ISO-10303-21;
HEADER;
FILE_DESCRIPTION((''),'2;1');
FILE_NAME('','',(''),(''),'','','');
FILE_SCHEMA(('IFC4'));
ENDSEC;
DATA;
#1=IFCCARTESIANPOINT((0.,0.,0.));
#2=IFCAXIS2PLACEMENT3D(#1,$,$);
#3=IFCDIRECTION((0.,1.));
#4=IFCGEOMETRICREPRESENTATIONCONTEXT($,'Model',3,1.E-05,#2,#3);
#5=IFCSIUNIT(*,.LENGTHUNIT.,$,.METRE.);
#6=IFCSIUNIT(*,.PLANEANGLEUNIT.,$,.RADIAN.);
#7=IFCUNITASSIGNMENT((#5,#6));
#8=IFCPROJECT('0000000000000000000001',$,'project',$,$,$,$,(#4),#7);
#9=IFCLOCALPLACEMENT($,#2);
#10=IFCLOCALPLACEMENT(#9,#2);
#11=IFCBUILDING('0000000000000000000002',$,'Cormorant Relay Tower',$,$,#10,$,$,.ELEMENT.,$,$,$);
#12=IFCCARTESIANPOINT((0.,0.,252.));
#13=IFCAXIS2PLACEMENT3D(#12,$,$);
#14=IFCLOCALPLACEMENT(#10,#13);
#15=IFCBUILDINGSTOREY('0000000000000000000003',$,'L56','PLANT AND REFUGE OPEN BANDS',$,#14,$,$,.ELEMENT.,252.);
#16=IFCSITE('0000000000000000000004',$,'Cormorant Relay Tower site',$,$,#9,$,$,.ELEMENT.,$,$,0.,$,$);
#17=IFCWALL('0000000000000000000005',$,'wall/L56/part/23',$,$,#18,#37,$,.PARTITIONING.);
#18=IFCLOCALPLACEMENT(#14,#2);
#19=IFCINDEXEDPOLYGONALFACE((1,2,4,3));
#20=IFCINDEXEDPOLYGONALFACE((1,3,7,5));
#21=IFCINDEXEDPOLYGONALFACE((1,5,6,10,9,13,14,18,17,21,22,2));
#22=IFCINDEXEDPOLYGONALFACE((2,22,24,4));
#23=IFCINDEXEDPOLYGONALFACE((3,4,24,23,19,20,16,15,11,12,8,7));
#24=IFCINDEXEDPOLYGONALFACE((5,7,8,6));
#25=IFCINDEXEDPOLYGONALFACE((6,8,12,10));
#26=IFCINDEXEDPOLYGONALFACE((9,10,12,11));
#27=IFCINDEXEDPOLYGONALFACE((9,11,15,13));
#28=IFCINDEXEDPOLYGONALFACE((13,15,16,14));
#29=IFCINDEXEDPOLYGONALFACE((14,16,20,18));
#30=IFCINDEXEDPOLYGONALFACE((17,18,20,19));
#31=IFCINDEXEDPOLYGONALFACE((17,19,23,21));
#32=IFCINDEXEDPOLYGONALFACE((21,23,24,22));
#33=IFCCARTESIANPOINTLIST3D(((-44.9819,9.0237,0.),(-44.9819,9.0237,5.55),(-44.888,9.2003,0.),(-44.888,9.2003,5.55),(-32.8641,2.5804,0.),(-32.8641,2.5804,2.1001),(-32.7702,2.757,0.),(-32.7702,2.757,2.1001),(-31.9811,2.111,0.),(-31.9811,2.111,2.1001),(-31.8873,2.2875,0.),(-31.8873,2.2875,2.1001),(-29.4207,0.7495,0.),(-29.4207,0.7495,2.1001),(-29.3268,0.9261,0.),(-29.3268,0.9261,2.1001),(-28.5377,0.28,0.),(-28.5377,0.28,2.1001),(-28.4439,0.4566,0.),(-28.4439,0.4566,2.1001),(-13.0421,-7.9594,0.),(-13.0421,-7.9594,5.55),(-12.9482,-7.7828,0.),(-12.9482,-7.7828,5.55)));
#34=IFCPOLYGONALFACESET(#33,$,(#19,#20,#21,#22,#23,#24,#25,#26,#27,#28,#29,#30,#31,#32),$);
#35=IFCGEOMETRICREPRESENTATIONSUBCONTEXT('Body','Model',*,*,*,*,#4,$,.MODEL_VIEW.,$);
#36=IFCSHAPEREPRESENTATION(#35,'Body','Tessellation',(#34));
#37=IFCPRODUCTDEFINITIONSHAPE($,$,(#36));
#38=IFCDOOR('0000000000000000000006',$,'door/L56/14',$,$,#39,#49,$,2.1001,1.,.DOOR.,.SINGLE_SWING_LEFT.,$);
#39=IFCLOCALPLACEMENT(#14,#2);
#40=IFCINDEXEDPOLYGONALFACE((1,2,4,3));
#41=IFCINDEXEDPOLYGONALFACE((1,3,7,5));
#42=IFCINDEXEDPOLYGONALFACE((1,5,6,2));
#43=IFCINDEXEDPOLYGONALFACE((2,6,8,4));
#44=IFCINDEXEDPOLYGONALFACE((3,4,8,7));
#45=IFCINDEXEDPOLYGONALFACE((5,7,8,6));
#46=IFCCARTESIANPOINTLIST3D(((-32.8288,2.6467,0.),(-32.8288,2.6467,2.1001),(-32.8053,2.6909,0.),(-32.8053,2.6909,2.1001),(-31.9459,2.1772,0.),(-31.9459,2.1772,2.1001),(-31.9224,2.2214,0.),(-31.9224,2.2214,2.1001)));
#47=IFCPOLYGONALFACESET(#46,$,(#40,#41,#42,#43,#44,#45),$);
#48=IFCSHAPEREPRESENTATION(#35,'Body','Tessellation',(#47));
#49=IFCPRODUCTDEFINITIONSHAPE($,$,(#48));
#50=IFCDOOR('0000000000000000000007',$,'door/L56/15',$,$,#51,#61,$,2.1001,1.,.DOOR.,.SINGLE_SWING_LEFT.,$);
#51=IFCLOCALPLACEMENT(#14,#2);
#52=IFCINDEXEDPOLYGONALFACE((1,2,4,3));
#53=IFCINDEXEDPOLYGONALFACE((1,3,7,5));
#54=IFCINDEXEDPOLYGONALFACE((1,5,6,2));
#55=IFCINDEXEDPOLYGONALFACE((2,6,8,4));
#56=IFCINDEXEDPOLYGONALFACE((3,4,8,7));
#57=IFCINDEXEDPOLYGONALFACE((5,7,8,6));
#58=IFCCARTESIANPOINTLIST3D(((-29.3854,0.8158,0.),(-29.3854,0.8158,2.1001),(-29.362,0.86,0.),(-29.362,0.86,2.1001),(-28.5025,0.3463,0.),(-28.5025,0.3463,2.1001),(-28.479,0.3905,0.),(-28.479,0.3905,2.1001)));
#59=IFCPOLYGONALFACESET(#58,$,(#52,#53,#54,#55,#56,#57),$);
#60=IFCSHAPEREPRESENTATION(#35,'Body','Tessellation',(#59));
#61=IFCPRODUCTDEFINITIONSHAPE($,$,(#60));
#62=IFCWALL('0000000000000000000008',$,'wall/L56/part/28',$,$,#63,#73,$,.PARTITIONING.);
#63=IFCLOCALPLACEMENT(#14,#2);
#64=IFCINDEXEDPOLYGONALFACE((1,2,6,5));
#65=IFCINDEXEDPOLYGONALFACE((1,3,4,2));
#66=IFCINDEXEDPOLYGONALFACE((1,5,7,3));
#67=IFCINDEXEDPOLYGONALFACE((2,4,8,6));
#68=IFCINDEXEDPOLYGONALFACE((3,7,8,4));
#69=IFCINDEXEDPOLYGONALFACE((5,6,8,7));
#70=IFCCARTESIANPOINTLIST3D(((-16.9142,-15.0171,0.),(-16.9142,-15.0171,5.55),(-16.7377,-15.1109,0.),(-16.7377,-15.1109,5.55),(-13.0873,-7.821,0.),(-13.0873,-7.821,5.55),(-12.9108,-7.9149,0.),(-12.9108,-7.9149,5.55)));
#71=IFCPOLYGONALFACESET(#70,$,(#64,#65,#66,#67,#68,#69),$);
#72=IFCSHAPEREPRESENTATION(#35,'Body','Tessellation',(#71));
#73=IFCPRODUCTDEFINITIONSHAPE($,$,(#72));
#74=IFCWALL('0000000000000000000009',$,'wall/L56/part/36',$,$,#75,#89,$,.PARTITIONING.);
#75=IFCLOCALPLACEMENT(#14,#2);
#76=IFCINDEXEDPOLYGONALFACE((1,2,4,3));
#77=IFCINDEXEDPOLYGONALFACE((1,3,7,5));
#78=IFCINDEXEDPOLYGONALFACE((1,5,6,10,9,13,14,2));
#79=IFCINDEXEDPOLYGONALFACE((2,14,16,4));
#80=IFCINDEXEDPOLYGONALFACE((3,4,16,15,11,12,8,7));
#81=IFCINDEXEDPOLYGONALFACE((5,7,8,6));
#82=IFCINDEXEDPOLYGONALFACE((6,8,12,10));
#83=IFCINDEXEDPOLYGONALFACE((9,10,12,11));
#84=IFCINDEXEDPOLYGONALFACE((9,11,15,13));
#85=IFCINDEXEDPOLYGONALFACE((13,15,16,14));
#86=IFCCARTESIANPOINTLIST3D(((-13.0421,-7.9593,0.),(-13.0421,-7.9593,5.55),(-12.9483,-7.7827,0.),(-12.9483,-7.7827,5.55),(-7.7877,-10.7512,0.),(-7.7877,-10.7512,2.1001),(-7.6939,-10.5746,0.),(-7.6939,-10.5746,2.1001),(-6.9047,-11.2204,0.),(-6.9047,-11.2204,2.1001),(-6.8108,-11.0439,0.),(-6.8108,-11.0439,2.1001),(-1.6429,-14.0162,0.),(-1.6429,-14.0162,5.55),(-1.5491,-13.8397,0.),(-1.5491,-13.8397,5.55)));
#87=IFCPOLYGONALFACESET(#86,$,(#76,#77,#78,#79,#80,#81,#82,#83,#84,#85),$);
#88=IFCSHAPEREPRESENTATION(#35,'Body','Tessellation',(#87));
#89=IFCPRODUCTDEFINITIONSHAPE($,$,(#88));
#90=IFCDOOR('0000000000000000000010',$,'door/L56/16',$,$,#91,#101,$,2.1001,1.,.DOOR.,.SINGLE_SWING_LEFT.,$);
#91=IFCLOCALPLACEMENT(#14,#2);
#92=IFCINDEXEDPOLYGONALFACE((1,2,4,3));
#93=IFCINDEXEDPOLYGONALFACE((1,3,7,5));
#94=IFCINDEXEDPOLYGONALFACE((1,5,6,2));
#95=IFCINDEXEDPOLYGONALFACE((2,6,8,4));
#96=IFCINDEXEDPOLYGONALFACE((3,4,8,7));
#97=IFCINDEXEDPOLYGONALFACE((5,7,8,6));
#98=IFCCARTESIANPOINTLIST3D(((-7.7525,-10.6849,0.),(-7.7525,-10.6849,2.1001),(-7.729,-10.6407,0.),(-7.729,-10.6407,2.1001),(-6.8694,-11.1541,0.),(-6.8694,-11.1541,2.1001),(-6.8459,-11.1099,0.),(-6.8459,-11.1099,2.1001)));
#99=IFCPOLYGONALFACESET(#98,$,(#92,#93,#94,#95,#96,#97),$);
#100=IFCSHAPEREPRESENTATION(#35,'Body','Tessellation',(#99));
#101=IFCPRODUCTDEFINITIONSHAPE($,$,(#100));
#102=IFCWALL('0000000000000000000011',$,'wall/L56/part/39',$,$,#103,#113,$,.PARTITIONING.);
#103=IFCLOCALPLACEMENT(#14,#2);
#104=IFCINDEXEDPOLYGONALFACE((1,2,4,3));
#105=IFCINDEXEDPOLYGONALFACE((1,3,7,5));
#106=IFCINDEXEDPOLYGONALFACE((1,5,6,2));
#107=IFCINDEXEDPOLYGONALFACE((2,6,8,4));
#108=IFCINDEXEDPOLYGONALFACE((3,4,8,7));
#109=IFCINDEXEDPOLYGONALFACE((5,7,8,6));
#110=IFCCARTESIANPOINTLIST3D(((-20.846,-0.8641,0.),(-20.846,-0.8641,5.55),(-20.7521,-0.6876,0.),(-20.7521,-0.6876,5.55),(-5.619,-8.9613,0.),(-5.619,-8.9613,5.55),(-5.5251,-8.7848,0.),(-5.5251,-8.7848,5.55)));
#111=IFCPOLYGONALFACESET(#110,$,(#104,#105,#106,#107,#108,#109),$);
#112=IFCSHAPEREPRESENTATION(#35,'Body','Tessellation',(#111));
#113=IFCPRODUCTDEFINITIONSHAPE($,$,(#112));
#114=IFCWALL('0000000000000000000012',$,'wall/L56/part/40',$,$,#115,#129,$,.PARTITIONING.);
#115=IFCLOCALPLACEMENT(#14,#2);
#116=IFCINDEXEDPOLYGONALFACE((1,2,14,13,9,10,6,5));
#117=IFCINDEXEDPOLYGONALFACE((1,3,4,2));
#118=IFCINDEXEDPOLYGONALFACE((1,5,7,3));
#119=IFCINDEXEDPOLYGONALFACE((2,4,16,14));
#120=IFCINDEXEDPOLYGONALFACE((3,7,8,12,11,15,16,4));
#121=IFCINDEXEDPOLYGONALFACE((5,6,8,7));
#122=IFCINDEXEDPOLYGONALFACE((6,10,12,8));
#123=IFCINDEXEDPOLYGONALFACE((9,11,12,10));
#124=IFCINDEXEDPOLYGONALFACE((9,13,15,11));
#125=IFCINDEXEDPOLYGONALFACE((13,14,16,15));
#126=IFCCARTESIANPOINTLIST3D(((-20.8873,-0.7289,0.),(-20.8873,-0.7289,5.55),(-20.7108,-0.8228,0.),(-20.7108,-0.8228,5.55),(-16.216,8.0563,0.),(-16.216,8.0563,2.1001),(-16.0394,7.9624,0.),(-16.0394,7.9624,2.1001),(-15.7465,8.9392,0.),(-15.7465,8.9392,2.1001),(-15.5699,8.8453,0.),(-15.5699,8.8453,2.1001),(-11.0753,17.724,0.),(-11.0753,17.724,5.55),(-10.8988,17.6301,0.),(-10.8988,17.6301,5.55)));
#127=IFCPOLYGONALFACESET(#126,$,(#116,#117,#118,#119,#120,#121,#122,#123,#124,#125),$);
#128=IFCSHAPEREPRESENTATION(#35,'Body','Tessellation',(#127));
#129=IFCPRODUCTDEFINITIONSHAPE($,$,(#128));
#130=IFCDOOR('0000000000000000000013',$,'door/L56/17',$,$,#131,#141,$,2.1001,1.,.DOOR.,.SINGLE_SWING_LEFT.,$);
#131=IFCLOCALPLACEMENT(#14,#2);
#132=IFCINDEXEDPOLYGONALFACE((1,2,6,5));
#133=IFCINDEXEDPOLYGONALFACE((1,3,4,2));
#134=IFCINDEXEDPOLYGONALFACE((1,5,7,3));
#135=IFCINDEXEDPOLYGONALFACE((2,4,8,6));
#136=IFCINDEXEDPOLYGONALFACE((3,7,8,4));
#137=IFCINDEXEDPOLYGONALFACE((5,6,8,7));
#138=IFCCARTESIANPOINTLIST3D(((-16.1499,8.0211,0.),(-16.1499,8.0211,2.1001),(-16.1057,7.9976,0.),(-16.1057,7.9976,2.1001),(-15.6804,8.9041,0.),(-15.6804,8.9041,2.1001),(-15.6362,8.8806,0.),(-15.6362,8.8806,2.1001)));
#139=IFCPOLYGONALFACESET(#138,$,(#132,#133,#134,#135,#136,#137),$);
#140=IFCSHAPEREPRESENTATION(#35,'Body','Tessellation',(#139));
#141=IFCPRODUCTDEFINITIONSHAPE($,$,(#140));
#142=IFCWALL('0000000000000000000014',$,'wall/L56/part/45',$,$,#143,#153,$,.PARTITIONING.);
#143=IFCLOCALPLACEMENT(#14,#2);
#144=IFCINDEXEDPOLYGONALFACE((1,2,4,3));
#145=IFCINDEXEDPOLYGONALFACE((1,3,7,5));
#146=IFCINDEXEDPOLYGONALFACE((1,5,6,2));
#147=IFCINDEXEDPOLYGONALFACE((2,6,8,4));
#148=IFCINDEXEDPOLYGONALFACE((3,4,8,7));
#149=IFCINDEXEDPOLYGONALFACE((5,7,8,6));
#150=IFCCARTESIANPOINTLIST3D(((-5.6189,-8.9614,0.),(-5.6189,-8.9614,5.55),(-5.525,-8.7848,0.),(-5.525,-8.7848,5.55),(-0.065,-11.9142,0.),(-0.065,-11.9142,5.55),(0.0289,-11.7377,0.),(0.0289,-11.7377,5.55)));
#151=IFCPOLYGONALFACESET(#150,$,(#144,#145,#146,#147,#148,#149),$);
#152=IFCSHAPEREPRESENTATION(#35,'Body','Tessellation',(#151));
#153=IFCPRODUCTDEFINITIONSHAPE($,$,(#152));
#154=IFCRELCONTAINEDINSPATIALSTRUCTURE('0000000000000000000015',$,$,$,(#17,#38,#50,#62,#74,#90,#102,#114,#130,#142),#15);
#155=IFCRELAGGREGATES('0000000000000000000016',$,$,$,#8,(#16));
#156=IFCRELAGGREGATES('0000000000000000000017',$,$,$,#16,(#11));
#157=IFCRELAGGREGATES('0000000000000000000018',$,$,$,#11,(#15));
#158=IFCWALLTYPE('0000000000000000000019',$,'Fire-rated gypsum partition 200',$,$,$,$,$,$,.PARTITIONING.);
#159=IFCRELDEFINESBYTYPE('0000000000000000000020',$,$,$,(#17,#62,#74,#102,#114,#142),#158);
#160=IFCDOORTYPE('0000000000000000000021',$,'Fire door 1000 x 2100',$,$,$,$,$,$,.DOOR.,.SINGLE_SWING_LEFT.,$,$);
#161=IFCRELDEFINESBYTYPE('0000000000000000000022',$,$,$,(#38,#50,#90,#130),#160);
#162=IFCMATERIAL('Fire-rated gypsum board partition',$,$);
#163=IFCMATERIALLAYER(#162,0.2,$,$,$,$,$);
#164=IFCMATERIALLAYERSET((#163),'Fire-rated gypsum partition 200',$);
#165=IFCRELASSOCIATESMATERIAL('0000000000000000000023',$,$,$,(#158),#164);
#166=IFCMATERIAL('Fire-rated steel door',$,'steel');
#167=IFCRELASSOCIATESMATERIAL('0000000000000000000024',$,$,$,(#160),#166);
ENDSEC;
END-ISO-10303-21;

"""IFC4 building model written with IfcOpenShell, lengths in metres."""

from ifc_helpers import new_model, si_unit, direction, frame, frame_2d, origin, place, context, subcontext, project, spatial, rectangle, extrude, material, layer, layer_set, type_object, element, fill, save


model = new_model("IFC4")

# Units and contexts
model_context = context("Model", 3, precision=1e-05, world=origin(), true_north=direction((0.0, 1.0)))
body_context = subcontext(model_context, "Body", "Model", "MODEL_VIEW")
ifc_project = project(units=[si_unit("LENGTHUNIT", "METRE"), si_unit("PLANEANGLEUNIT", "RADIAN")], contexts=[model_context])

# Site, building, storey
site_placement = place(None, origin())
site = spatial("IfcSite", under=ifc_project, at=site_placement, Name="Cormorant Relay Tower site", CompositionType="ELEMENT", RefElevation=0.0)
building_placement = place(site_placement, origin())
building = spatial("IfcBuilding", under=site, at=building_placement, Name="Cormorant Relay Tower", CompositionType="ELEMENT")
storey_placement = place(building_placement, frame((0.0, 0.0, 252.0)))
storey = spatial("IfcBuildingStorey", under=building, at=storey_placement, Name="L56", Description="PLANT AND REFUGE OPEN BANDS", CompositionType="ELEMENT", Elevation=252.0)

# Wall, openings, doors
ifc_material_1 = material(Name="Fire-rated gypsum board partition")
ifc_layer_1 = layer(ifc_material_1, 0.2)
ifc_layer_set_1 = layer_set([ifc_layer_1], Name="Fire-rated gypsum partition 200")
wall_type_1 = type_object("IfcWallType", Name="Fire-rated gypsum partition 200", PredefinedType="PARTITIONING", material=ifc_layer_set_1)
wall_1_placement = place(storey_placement, frame((-12.9951, -7.8711, 0.0), z_axis=(0.0, 0.0, 1.0), x_axis=(-0.882943, 0.46948, 0.0)))
wall_1 = element("IfcWall", 1, at=wall_1_placement, inside=storey, type_object=wall_type_1, Name="wall/L56/part/23", PredefinedType="PARTITIONING", context=body_context, shape_type="SweptSolid", body=[
    extrude(rectangle(XDim=36.1743, YDim=0.2, at=frame_2d((18.0872, 0.0))), origin(), (0.0, 0.0, 1.0), 5.55),
])
opening_1_placement = place(wall_1_placement, frame((21.45, 0.0, 0.0)))
opening_1 = element("IfcOpeningElement", 2, at=opening_1_placement, cuts=wall_1, PredefinedType="OPENING", context=body_context, shape_type="SweptSolid", body=[
    extrude(rectangle(XDim=1.0, YDim=2.1001, at=frame_2d((0.5, 1.05))), frame((0.0, 0.1099, 0.0), z_axis=(0.0, -1.0, 0.0), x_axis=(1.0, 0.0, 0.0)), (0.0, 0.0, 1.0), 0.22),
])
opening_2_placement = place(wall_1_placement, frame((17.55, 0.0, 0.0)))
opening_2 = element("IfcOpeningElement", 3, at=opening_2_placement, cuts=wall_1, PredefinedType="OPENING", context=body_context, shape_type="SweptSolid", body=[
    extrude(rectangle(XDim=1.0, YDim=2.1001, at=frame_2d((0.5, 1.05))), frame((0.0, 0.1099, 0.0), z_axis=(0.0, -1.0, 0.0), x_axis=(1.0, 0.0, 0.0)), (0.0, 0.0, 1.0), 0.22),
])
ifc_material_2 = material(Name="Fire-rated steel door", Category="steel")
door_type_1 = type_object("IfcDoorType", Name="Fire door 1000 x 2100", OperationType="SINGLE_SWING_LEFT", PredefinedType="DOOR", material=ifc_material_2)
door_1_placement = place(opening_1_placement, origin())
door_1 = element("IfcDoor", 4, at=door_1_placement, inside=storey, type_object=door_type_1, Name="door/L56/14", OperationType="SINGLE_SWING_LEFT", OverallHeight=2.1001, OverallWidth=1.0, PredefinedType="DOOR", context=body_context, shape_type="SweptSolid", body=[
    extrude(rectangle(XDim=1.0, YDim=2.1001, at=frame_2d((0.5, 1.05))), frame((0.0, 0.0249, 0.0), z_axis=(0.0, -1.0, 0.0), x_axis=(1.0, 0.0, 0.0)), (0.0, 0.0, 1.0), 0.05),
])
fill(opening_1, door_1)
door_2_placement = place(opening_2_placement, origin())
door_2 = element("IfcDoor", 5, at=door_2_placement, inside=storey, type_object=door_type_1, Name="door/L56/15", OperationType="SINGLE_SWING_LEFT", OverallHeight=2.1001, OverallWidth=1.0, PredefinedType="DOOR", context=body_context, shape_type="SweptSolid", body=[
    extrude(rectangle(XDim=1.0, YDim=2.1001, at=frame_2d((0.5, 1.05))), frame((0.0, 0.0249, 0.0), z_axis=(0.0, -1.0, 0.0), x_axis=(1.0, 0.0, 0.0)), (0.0, 0.0, 1.0), 0.05),
])
fill(opening_2, door_2)

# Wall
wall_2_placement = place(storey_placement, frame((-12.999, -7.8679, 0.0), z_axis=(0.0, 0.0, 1.0), x_axis=(-0.469538, -0.882912, 0.0)))
element("IfcWall", 6, at=wall_2_placement, inside=storey, type_object=wall_type_1, Name="wall/L56/part/28", PredefinedType="PARTITIONING", context=body_context, shape_type="SweptSolid", body=[
    extrude(rectangle(XDim=8.1504, YDim=0.2, at=frame_2d((4.0752, 0.0))), origin(), (0.0, 0.0, 1.0), 5.55),
])

# Wall, opening, door
wall_3_placement = place(storey_placement, frame((-12.9951, -7.8711, 0.0), z_axis=(0.0, 0.0, 1.0), x_axis=(0.883081, -0.46922, 0.0)))
wall_3 = element("IfcWall", 7, at=wall_3_placement, inside=storey, type_object=wall_type_1, Name="wall/L56/part/36", PredefinedType="PARTITIONING", context=body_context, shape_type="SweptSolid", body=[
    extrude(rectangle(XDim=12.9084, YDim=0.2, at=frame_2d((6.4541, 0.0))), origin(), (0.0, 0.0, 1.0), 5.55),
])
opening_3_placement = place(wall_3_placement, frame((5.95, 0.0, 0.0)))
opening_3 = element("IfcOpeningElement", 8, at=opening_3_placement, cuts=wall_3, PredefinedType="OPENING", context=body_context, shape_type="SweptSolid", body=[
    extrude(rectangle(XDim=1.0, YDim=2.1001, at=frame_2d((0.5, 1.05))), frame((0.0, 0.1099, 0.0), z_axis=(0.0, -1.0, 0.0), x_axis=(1.0, 0.0, 0.0)), (0.0, 0.0, 1.0), 0.22),
])
door_3_placement = place(opening_3_placement, frame((1.0, 0.0, 0.0), z_axis=(0.0, 0.0, 1.0), x_axis=(-1.0, 0.0, 0.0)))
door_3 = element("IfcDoor", 9, at=door_3_placement, inside=storey, type_object=door_type_1, Name="door/L56/16", OperationType="SINGLE_SWING_LEFT", OverallHeight=2.1001, OverallWidth=1.0, PredefinedType="DOOR", context=body_context, shape_type="SweptSolid", body=[
    extrude(rectangle(XDim=1.0, YDim=2.1001, at=frame_2d((0.5, 1.05))), frame((0.0, 0.0249, 0.0), z_axis=(0.0, -1.0, 0.0), x_axis=(1.0, 0.0, 0.0)), (0.0, 0.0, 1.0), 0.05),
])
fill(opening_3, door_3)

# Wall
wall_4_placement = place(storey_placement, frame((-5.572, -8.873, 0.0), z_axis=(0.0, 0.0, 1.0), x_axis=(-0.882928, 0.469508, 0.0)))
element("IfcWall", 10, at=wall_4_placement, inside=storey, type_object=wall_type_1, Name="wall/L56/part/39", PredefinedType="PARTITIONING", context=body_context, shape_type="SweptSolid", body=[
    extrude(rectangle(XDim=17.2461, YDim=0.2, at=frame_2d((8.623, 0.0))), origin(), (0.0, 0.0, 1.0), 5.55),
])

# Wall, opening, door
wall_5_placement = place(storey_placement, frame((-20.7991, -0.7759, 0.0), z_axis=(0.0, 0.0, 1.0), x_axis=(0.469488, 0.882939, 0.0)))
wall_5 = element("IfcWall", 11, at=wall_5_placement, inside=storey, type_object=wall_type_1, Name="wall/L56/part/40", PredefinedType="PARTITIONING", context=body_context, shape_type="SweptSolid", body=[
    extrude(rectangle(XDim=20.8994, YDim=0.2, at=frame_2d((10.4497, 0.0))), origin(), (0.0, 0.0, 1.0), 5.55),
])
opening_4_placement = place(wall_5_placement, frame((9.95, 0.0, 0.0)))
opening_4 = element("IfcOpeningElement", 12, at=opening_4_placement, cuts=wall_5, PredefinedType="OPENING", context=body_context, shape_type="SweptSolid", body=[
    extrude(rectangle(XDim=1.0, YDim=2.1001, at=frame_2d((0.5, 1.05))), frame((0.0, 0.1099, 0.0), z_axis=(0.0, -1.0, 0.0), x_axis=(1.0, 0.0, 0.0)), (0.0, 0.0, 1.0), 0.22),
])
door_4_placement = place(opening_4_placement, frame((1.0, 0.0, 0.0), z_axis=(0.0, 0.0, 1.0), x_axis=(-1.0, 0.0, 0.0)))
door_4 = element("IfcDoor", 13, at=door_4_placement, inside=storey, type_object=door_type_1, Name="door/L56/17", OperationType="SINGLE_SWING_LEFT", OverallHeight=2.1001, OverallWidth=1.0, PredefinedType="DOOR", context=body_context, shape_type="SweptSolid", body=[
    extrude(rectangle(XDim=1.0, YDim=2.1001, at=frame_2d((0.5, 1.05))), frame((0.0, 0.0249, 0.0), z_axis=(0.0, -1.0, 0.0), x_axis=(1.0, 0.0, 0.0)), (0.0, 0.0, 1.0), 0.05),
])
fill(opening_4, door_4)

# Wall
wall_6_placement = place(storey_placement, frame((-0.0181, -11.8259, 0.0), z_axis=(0.0, 0.0, 1.0), x_axis=(-0.882961, 0.469446, 0.0)))
element("IfcWall", 14, at=wall_6_placement, inside=storey, type_object=wall_type_1, Name="wall/L56/part/45", PredefinedType="PARTITIONING", context=body_context, shape_type="SweptSolid", body=[
    extrude(rectangle(XDim=6.29, YDim=0.2, at=frame_2d((3.145, 0.0))), origin(), (0.0, 0.0, 1.0), 5.55),
])

save(model, "model.ifc")
